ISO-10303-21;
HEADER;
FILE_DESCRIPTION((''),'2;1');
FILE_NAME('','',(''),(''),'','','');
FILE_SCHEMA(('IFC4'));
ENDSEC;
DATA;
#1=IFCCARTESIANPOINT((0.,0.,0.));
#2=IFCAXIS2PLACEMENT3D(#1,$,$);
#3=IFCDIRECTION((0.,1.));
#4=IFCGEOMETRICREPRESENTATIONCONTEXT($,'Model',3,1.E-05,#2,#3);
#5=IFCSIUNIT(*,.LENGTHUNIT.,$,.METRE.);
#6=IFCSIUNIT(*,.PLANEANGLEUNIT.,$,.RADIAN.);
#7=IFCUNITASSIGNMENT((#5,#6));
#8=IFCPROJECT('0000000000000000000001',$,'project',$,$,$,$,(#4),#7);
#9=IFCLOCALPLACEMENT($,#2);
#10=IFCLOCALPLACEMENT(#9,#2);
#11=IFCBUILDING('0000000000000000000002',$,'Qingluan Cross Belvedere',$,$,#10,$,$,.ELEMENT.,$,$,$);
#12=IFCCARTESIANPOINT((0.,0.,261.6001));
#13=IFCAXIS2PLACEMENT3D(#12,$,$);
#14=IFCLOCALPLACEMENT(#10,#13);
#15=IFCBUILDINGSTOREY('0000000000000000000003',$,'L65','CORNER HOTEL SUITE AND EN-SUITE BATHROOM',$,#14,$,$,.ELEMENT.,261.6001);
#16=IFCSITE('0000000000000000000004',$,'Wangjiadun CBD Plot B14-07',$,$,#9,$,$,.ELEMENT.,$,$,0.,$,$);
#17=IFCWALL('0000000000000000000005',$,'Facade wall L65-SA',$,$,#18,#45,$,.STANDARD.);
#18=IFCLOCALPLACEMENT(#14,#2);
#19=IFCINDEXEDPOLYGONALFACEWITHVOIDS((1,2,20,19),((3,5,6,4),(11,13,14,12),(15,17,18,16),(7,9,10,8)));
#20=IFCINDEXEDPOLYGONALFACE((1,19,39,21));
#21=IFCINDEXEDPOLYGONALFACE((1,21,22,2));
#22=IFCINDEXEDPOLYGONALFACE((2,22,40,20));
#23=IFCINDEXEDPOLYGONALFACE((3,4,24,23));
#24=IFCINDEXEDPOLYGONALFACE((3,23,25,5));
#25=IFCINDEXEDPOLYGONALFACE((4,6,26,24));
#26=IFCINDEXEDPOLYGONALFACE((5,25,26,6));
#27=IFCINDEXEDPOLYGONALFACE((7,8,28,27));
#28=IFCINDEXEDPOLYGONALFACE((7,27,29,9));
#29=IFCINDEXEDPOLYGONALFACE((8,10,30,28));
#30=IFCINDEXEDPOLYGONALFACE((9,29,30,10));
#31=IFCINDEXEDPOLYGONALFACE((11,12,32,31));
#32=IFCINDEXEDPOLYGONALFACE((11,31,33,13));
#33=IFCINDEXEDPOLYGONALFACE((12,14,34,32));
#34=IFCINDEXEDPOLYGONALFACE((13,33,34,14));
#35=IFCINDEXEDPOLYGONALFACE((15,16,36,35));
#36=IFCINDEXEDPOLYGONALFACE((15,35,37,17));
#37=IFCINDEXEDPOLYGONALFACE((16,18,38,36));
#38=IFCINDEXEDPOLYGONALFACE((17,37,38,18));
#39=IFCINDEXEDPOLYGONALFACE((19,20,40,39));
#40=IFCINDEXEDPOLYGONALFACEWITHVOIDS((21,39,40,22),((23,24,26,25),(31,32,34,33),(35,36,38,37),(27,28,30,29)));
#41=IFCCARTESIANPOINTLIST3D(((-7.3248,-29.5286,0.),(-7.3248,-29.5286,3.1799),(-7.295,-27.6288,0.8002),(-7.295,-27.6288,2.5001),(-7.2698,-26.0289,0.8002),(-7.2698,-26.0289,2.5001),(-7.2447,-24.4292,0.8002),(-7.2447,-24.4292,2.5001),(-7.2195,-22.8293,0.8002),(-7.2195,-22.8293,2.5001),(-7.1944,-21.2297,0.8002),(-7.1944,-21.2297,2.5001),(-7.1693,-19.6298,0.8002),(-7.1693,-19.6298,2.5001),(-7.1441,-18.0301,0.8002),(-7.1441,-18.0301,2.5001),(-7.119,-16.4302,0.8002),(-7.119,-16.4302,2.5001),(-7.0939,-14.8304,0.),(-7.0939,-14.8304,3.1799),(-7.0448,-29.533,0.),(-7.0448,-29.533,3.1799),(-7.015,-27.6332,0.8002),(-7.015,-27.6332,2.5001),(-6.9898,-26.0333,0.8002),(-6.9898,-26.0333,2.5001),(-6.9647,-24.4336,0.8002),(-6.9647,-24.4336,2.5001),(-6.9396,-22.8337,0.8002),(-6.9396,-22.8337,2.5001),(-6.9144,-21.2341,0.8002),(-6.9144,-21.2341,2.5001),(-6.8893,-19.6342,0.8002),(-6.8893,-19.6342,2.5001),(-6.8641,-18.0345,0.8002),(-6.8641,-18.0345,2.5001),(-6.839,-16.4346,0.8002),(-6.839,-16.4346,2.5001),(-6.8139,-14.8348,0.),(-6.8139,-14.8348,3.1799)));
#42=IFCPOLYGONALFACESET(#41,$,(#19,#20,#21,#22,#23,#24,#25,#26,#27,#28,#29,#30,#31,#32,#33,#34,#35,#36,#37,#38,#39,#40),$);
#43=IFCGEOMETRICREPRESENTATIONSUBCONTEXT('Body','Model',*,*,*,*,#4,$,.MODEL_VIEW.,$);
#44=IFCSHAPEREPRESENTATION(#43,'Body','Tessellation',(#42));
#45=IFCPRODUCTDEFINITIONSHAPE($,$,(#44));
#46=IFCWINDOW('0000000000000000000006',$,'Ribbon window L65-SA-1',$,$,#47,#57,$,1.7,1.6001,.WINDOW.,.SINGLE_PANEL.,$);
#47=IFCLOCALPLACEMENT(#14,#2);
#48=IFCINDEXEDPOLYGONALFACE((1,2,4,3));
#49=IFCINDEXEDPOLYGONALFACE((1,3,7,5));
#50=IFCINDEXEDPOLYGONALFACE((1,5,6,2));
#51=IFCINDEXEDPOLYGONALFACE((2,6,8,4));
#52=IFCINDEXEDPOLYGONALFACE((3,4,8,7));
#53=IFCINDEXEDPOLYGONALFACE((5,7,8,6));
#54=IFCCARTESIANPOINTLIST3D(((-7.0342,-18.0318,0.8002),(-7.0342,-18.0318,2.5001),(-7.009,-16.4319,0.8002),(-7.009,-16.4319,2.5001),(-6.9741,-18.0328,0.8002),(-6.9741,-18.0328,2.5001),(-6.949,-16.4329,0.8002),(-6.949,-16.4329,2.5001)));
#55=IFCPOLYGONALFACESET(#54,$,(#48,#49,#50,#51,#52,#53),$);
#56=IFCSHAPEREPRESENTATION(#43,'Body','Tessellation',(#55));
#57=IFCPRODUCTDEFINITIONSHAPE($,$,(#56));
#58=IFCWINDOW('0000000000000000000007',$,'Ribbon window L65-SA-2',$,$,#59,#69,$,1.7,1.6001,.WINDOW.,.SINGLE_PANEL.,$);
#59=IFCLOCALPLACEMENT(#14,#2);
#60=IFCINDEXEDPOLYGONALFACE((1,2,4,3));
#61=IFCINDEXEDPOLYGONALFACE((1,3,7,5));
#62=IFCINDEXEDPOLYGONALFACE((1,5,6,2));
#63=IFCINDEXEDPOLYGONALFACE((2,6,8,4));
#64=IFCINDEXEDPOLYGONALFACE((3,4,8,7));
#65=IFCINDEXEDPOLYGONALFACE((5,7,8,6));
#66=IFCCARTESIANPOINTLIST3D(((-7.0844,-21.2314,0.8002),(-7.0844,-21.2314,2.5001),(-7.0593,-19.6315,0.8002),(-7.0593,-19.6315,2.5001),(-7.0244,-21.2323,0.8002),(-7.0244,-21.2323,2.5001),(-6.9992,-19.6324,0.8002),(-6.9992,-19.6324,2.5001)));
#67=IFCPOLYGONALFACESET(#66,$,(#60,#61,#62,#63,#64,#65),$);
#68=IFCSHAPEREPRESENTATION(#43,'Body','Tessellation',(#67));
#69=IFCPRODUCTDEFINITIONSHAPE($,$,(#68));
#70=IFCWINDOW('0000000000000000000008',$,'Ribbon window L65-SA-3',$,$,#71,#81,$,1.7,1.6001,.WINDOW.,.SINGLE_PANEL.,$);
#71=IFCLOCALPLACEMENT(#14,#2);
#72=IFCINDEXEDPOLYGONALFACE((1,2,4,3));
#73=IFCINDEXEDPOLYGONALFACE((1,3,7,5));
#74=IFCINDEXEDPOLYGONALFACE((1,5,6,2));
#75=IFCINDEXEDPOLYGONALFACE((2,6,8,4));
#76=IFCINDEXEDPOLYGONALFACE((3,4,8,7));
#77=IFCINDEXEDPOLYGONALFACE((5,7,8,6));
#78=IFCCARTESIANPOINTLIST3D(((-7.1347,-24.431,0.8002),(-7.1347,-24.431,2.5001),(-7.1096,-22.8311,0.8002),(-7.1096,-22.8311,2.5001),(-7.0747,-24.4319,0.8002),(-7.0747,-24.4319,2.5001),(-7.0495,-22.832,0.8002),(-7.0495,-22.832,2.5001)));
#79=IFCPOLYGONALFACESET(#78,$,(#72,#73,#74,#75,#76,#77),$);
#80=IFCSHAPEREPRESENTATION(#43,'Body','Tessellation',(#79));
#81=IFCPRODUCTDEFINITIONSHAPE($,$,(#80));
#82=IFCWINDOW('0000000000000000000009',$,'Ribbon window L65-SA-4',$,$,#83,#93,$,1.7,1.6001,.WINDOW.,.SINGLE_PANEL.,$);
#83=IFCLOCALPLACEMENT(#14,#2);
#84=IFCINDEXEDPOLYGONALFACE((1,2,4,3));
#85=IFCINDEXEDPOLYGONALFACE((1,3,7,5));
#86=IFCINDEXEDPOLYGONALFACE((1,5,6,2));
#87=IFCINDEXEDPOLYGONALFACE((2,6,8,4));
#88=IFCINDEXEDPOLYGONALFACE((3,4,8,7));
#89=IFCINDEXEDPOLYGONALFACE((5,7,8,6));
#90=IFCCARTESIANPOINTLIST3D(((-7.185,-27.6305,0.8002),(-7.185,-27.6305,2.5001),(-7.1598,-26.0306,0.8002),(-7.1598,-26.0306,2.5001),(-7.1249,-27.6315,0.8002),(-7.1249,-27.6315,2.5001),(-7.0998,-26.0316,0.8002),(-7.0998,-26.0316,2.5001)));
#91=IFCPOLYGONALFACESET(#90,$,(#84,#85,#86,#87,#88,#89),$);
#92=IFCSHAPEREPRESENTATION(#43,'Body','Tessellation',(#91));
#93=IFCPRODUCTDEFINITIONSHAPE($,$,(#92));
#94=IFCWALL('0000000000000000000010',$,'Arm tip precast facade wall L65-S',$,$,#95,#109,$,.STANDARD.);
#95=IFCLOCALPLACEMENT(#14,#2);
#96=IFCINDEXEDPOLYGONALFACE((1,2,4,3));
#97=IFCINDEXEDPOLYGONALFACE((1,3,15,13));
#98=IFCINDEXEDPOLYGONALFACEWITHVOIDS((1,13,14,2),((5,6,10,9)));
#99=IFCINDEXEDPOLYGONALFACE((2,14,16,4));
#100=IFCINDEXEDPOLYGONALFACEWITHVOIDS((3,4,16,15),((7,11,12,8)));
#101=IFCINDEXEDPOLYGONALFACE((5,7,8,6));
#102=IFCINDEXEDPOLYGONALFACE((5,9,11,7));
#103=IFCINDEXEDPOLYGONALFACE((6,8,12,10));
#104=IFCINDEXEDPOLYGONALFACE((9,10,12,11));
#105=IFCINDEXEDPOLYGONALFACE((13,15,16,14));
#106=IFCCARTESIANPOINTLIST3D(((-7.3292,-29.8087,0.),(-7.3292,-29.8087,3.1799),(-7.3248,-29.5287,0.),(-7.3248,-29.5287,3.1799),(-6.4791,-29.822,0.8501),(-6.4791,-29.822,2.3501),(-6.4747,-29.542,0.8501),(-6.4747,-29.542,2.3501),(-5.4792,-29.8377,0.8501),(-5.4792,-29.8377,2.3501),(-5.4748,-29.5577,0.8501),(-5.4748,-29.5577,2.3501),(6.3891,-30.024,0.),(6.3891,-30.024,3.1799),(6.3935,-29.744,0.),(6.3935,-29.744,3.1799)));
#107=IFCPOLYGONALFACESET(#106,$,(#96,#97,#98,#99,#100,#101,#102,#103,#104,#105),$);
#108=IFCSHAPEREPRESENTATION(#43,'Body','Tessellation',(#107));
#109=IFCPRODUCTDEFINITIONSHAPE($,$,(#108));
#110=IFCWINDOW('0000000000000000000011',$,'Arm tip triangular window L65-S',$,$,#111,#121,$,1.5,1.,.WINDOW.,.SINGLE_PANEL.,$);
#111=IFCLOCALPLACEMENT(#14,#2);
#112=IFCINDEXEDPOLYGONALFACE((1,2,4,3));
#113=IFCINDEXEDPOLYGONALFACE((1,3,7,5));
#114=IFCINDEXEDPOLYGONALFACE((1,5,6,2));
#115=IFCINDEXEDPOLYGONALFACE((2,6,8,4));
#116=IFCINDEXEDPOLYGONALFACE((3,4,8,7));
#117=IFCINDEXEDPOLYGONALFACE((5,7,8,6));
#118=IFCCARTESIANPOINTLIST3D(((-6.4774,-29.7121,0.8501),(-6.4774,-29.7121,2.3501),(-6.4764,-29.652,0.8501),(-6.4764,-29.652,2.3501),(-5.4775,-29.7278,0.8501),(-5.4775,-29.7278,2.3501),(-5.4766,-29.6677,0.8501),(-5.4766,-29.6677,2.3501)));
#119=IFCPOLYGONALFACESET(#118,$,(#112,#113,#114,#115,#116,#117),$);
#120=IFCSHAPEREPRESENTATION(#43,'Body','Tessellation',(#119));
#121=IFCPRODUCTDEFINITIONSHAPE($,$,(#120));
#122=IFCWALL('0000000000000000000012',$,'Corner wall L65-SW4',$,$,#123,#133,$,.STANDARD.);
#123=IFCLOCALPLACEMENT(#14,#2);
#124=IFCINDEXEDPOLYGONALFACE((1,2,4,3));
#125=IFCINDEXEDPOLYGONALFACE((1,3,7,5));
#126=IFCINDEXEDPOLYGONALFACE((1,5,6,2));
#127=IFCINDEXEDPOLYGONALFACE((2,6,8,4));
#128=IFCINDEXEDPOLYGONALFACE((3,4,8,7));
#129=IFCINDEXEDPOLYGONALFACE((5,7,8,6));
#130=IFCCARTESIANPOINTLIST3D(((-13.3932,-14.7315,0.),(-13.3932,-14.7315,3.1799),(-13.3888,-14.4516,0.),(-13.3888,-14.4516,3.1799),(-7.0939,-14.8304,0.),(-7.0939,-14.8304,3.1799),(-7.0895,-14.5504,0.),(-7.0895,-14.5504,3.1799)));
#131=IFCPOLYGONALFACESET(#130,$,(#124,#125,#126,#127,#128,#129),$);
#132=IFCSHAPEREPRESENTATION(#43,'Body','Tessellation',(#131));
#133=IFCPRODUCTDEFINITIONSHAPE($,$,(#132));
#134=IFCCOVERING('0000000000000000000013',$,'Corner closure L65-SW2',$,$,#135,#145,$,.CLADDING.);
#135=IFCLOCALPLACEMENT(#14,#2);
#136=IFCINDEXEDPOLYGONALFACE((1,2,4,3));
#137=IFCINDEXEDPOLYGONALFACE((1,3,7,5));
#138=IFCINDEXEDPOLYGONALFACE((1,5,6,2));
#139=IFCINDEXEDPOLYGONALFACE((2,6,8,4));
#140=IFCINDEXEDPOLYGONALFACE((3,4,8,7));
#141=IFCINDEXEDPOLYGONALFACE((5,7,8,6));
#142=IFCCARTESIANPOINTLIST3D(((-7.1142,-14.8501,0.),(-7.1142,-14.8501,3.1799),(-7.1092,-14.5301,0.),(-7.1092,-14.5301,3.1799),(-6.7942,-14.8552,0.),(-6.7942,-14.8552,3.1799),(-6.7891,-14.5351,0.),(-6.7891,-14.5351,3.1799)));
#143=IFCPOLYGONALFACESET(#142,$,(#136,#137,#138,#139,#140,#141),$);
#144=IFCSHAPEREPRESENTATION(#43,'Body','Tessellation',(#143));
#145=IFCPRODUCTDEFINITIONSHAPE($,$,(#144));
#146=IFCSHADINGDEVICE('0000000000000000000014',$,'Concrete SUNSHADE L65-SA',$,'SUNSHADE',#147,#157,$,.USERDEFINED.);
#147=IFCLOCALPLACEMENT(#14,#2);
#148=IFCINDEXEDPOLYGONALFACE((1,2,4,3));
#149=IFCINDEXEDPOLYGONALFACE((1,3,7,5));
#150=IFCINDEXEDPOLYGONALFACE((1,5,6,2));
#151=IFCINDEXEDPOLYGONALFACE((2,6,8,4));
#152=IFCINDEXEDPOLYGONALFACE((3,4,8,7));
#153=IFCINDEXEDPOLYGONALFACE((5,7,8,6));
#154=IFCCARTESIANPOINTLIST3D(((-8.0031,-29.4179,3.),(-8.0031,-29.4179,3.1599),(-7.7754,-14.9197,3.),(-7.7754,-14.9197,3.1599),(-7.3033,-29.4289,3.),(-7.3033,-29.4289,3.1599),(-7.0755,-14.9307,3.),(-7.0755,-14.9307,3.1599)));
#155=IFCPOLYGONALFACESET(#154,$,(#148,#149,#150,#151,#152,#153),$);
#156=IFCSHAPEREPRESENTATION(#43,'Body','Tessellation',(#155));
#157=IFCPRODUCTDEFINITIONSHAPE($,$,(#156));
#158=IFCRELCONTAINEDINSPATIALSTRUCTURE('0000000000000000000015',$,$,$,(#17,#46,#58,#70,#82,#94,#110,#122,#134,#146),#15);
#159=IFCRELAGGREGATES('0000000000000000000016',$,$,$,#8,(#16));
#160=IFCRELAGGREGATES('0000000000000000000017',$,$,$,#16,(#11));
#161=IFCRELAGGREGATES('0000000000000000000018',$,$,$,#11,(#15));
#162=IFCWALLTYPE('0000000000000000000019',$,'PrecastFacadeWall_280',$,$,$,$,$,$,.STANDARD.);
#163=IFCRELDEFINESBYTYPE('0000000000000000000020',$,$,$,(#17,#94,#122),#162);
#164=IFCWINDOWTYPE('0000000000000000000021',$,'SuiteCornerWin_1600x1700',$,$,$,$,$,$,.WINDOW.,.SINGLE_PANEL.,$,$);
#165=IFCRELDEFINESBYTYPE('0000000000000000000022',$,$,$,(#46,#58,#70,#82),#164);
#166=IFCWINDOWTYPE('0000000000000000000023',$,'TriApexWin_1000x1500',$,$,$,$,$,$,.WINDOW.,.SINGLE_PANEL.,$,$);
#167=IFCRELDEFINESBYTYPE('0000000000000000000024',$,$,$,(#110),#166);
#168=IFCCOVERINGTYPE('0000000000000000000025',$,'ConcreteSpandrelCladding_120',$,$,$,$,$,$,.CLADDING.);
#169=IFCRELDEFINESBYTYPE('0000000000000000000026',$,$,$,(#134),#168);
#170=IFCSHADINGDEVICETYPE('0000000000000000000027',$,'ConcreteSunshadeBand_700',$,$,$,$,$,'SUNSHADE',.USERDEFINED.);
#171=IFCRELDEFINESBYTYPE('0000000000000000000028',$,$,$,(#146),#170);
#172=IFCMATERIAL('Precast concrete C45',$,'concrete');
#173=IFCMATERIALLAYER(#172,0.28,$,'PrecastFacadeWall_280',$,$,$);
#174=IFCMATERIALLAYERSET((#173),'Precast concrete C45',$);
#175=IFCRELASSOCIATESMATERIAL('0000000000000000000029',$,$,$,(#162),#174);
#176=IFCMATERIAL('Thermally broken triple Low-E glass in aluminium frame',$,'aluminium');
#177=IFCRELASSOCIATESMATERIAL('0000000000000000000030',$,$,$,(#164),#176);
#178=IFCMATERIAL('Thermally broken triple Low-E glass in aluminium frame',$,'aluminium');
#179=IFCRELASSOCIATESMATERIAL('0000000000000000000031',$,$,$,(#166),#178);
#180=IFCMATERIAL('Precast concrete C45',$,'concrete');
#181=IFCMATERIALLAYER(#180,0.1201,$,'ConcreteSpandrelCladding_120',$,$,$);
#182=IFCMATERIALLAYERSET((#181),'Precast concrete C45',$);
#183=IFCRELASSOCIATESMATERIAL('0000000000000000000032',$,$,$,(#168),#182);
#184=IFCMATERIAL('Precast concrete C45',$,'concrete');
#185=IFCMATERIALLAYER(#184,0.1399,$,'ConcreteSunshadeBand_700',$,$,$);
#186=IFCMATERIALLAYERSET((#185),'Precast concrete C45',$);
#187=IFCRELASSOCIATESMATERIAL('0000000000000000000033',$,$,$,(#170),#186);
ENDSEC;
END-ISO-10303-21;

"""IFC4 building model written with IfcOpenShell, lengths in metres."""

from ifc_helpers import new_model, si_unit, direction, frame, frame_2d, origin, origin_2d, place, context, subcontext, project, spatial, rectangle, extrude, material, layer, layer_set, type_object, element, fill, save


model = new_model("IFC4")

# Units and contexts
model_context = context("Model", 3, precision=1e-05, world=origin(), true_north=direction((0.0, 1.0)))
body_context = subcontext(model_context, "Body", "Model", "MODEL_VIEW")
ifc_project = project(units=[si_unit("LENGTHUNIT", "METRE"), si_unit("PLANEANGLEUNIT", "RADIAN")], contexts=[model_context])

# Site, building, storey
site_placement = place(None, origin())
site = spatial("IfcSite", under=ifc_project, at=site_placement, Name="Wangjiadun CBD Plot B14-07", CompositionType="ELEMENT", RefElevation=0.0)
building_placement = place(site_placement, origin())
building = spatial("IfcBuilding", under=site, at=building_placement, Name="Qingluan Cross Belvedere", CompositionType="ELEMENT")
storey_placement = place(building_placement, frame((0.0, 0.0, 261.6001)))
storey = spatial("IfcBuildingStorey", under=building, at=storey_placement, Name="L65", Description="CORNER HOTEL SUITE AND EN-SUITE BATHROOM", CompositionType="ELEMENT", Elevation=261.6001)

# Wall, openings, windows
ifc_material_1 = material(Name="Precast concrete C45", Category="concrete")
ifc_layer_1 = layer(ifc_material_1, 0.28, Name="PrecastFacadeWall_280")
ifc_layer_set_1 = layer_set([ifc_layer_1], Name="Precast concrete C45")
wall_type_1 = type_object("IfcWallType", Name="PrecastFacadeWall_280", PredefinedType="STANDARD", material=ifc_layer_set_1)
wall_1_placement = place(storey_placement, frame((-6.9539, -14.8325, 0.0), z_axis=(0.0, 0.0, 1.0), x_axis=(-0.015711, -0.999877, 0.0)))
wall_1 = element("IfcWall", 1, at=wall_1_placement, inside=storey, type_object=wall_type_1, Name="Facade wall L65-SA", PredefinedType="STANDARD", context=body_context, shape_type="SweptSolid", body=[
    extrude(rectangle(XDim=14.7, YDim=0.28, at=frame_2d((7.3501, 0.0))), origin(), (0.0, 0.0, 1.0), 3.1799),
])
opening_1_placement = place(wall_1_placement, frame((1.6001, 0.0, 0.8)))
opening_1 = element("IfcOpeningElement", 2, at=opening_1_placement, cuts=wall_1, PredefinedType="OPENING", context=body_context, shape_type="SweptSolid", body=[
    extrude(rectangle(XDim=1.6001, YDim=1.7, at=frame_2d((0.8, 0.8501))), frame((0.0, 0.1499, 0.0), z_axis=(0.0, -1.0, 0.0), x_axis=(1.0, 0.0, 0.0)), (0.0, 0.0, 1.0), 0.3),
])
opening_2_placement = place(wall_1_placement, frame((4.8, 0.0, 0.8)))
opening_2 = element("IfcOpeningElement", 3, at=opening_2_placement, cuts=wall_1, PredefinedType="OPENING", context=body_context, shape_type="SweptSolid", body=[
    extrude(rectangle(XDim=1.6001, YDim=1.7, at=frame_2d((0.8, 0.8501))), frame((0.0, 0.1499, 0.0), z_axis=(0.0, -1.0, 0.0), x_axis=(1.0, 0.0, 0.0)), (0.0, 0.0, 1.0), 0.3),
])
opening_3_placement = place(wall_1_placement, frame((8.0, 0.0, 0.8)))
opening_3 = element("IfcOpeningElement", 4, at=opening_3_placement, cuts=wall_1, PredefinedType="OPENING", context=body_context, shape_type="SweptSolid", body=[
    extrude(rectangle(XDim=1.6001, YDim=1.7, at=frame_2d((0.8, 0.8501))), frame((0.0, 0.1499, 0.0), z_axis=(0.0, -1.0, 0.0), x_axis=(1.0, 0.0, 0.0)), (0.0, 0.0, 1.0), 0.3),
])
opening_4_placement = place(wall_1_placement, frame((11.2, 0.0, 0.8)))
opening_4 = element("IfcOpeningElement", 5, at=opening_4_placement, cuts=wall_1, PredefinedType="OPENING", context=body_context, shape_type="SweptSolid", body=[
    extrude(rectangle(XDim=1.6001, YDim=1.7, at=frame_2d((0.8, 0.8501))), frame((0.0, 0.1499, 0.0), z_axis=(0.0, -1.0, 0.0), x_axis=(1.0, 0.0, 0.0)), (0.0, 0.0, 1.0), 0.3),
])
ifc_material_2 = material(Name="Thermally broken triple Low-E glass in aluminium frame", Category="aluminium")
window_type_1 = type_object("IfcWindowType", Name="SuiteCornerWin_1600x1700", PartitioningType="SINGLE_PANEL", PredefinedType="WINDOW", material=ifc_material_2)
window_1_placement = place(opening_1_placement, origin())
window_1 = element("IfcWindow", 6, at=window_1_placement, inside=storey, type_object=window_type_1, Name="Ribbon window L65-SA-1", OverallHeight=1.7, OverallWidth=1.6001, PartitioningType="SINGLE_PANEL", PredefinedType="WINDOW", context=body_context, shape_type="SweptSolid", body=[
    extrude(rectangle(XDim=1.6001, YDim=1.7, at=frame_2d((0.8, 0.8501))), frame((0.0, 0.03, 0.0), z_axis=(0.0, -1.0, 0.0), x_axis=(1.0, 0.0, 0.0)), (0.0, 0.0, 1.0), 0.0601),
])
fill(opening_1, window_1)
window_2_placement = place(opening_2_placement, origin())
window_2 = element("IfcWindow", 7, at=window_2_placement, inside=storey, type_object=window_type_1, Name="Ribbon window L65-SA-2", OverallHeight=1.7, OverallWidth=1.6001, PartitioningType="SINGLE_PANEL", PredefinedType="WINDOW", context=body_context, shape_type="SweptSolid", body=[
    extrude(rectangle(XDim=1.6001, YDim=1.7, at=frame_2d((0.8, 0.8501))), frame((0.0, 0.03, 0.0), z_axis=(0.0, -1.0, 0.0), x_axis=(1.0, 0.0, 0.0)), (0.0, 0.0, 1.0), 0.0601),
])
fill(opening_2, window_2)
window_3_placement = place(opening_3_placement, origin())
window_3 = element("IfcWindow", 8, at=window_3_placement, inside=storey, type_object=window_type_1, Name="Ribbon window L65-SA-3", OverallHeight=1.7, OverallWidth=1.6001, PartitioningType="SINGLE_PANEL", PredefinedType="WINDOW", context=body_context, shape_type="SweptSolid", body=[
    extrude(rectangle(XDim=1.6001, YDim=1.7, at=frame_2d((0.8, 0.8501))), frame((0.0, 0.03, 0.0), z_axis=(0.0, -1.0, 0.0), x_axis=(1.0, 0.0, 0.0)), (0.0, 0.0, 1.0), 0.0601),
])
fill(opening_3, window_3)
window_4_placement = place(opening_4_placement, origin())
window_4 = element("IfcWindow", 9, at=window_4_placement, inside=storey, type_object=window_type_1, Name="Ribbon window L65-SA-4", OverallHeight=1.7, OverallWidth=1.6001, PartitioningType="SINGLE_PANEL", PredefinedType="WINDOW", context=body_context, shape_type="SweptSolid", body=[
    extrude(rectangle(XDim=1.6001, YDim=1.7, at=frame_2d((0.8, 0.8501))), frame((0.0, 0.03, 0.0), z_axis=(0.0, -1.0, 0.0), x_axis=(1.0, 0.0, 0.0)), (0.0, 0.0, 1.0), 0.0601),
])
fill(opening_4, window_4)

# Wall, opening, window
wall_2_placement = place(storey_placement, frame((-7.3269, -29.6687, 0.0), z_axis=(0.0, 0.0, 1.0), x_axis=(0.999877, -0.015695, 0.0)))
wall_2 = element("IfcWall", 10, at=wall_2_placement, inside=storey, type_object=wall_type_1, Name="Arm tip precast facade wall L65-S", PredefinedType="STANDARD", context=body_context, shape_type="SweptSolid", body=[
    extrude(rectangle(XDim=13.72, YDim=0.28, at=frame_2d((6.8599, 0.0))), origin(), (0.0, 0.0, 1.0), 3.1799),
])
opening_5_placement = place(wall_2_placement, frame((0.8501, 0.0, 0.8501)))
opening_5 = element("IfcOpeningElement", 11, at=opening_5_placement, cuts=wall_2, PredefinedType="OPENING", context=body_context, shape_type="SweptSolid", body=[
    extrude(rectangle(XDim=1.0, YDim=1.5, at=frame_2d((0.5, 0.75))), frame((0.0, 0.1499, 0.0), z_axis=(0.0, -1.0, 0.0), x_axis=(1.0, 0.0, 0.0)), (0.0, 0.0, 1.0), 0.3),
])
ifc_material_3 = material(Name="Thermally broken triple Low-E glass in aluminium frame", Category="aluminium")
window_type_2 = type_object("IfcWindowType", Name="TriApexWin_1000x1500", PartitioningType="SINGLE_PANEL", PredefinedType="WINDOW", material=ifc_material_3)
window_5_placement = place(opening_5_placement, origin())
window_5 = element("IfcWindow", 12, at=window_5_placement, inside=storey, type_object=window_type_2, Name="Arm tip triangular window L65-S", OverallHeight=1.5, OverallWidth=1.0, PartitioningType="SINGLE_PANEL", PredefinedType="WINDOW", context=body_context, shape_type="SweptSolid", body=[
    extrude(rectangle(XDim=1.0, YDim=1.5, at=frame_2d((0.5, 0.75))), frame((0.0, 0.03, 0.0), z_axis=(0.0, -1.0, 0.0), x_axis=(1.0, 0.0, 0.0)), (0.0, 0.0, 1.0), 0.0601),
])
fill(opening_5, window_5)

# Wall
wall_3_placement = place(storey_placement, frame((-13.3909, -14.5916, 0.0), z_axis=(0.0, 0.0, 1.0), x_axis=(0.999877, -0.015695, 0.0)))
element("IfcWall", 13, at=wall_3_placement, inside=storey, type_object=wall_type_1, Name="Corner wall L65-SW4", PredefinedType="STANDARD", context=body_context, shape_type="SweptSolid", body=[
    extrude(rectangle(XDim=6.3, YDim=0.28, at=frame_2d((3.1499, 0.0))), origin(), (0.0, 0.0, 1.0), 3.1799),
])

# Covering
ifc_material_4 = material(Name="Precast concrete C45", Category="concrete")
ifc_layer_2 = layer(ifc_material_4, 0.1201, Name="ConcreteSpandrelCladding_120")
ifc_layer_set_2 = layer_set([ifc_layer_2], Name="Precast concrete C45")
covering_type = type_object("IfcCoveringType", Name="ConcreteSpandrelCladding_120", PredefinedType="CLADDING", material=ifc_layer_set_2)
covering_placement = place(storey_placement, frame((-6.9517, -14.6926, 0.0), z_axis=(0.0, 0.0, 1.0), x_axis=(0.999877, -0.015707, 0.0)))
element("IfcCovering", 14, at=covering_placement, inside=storey, type_object=covering_type, Name="Corner closure L65-SW2", PredefinedType="CLADDING", context=body_context, shape_type="SweptSolid", body=[
    extrude(rectangle(XDim=0.3201, YDim=0.3201, at=origin_2d()), origin(), (0.0, 0.0, 1.0), 3.1799),
])

# Shading device
ifc_material_5 = material(Name="Precast concrete C45", Category="concrete")
ifc_layer_3 = layer(ifc_material_5, 0.1399, Name="ConcreteSunshadeBand_700")
ifc_layer_set_3 = layer_set([ifc_layer_3], Name="Precast concrete C45")
shading_device_type = type_object("IfcShadingDeviceType", Name="ConcreteSunshadeBand_700", ElementType="SUNSHADE", PredefinedType="USERDEFINED", material=ifc_layer_set_3)
shading_device_placement = place(storey_placement, frame((-7.5393, -22.1743, 3.0), z_axis=(0.0, 0.0, 1.0), x_axis=(-0.015707, -0.999877, 0.0)))
element("IfcShadingDevice", 15, at=shading_device_placement, inside=storey, type_object=shading_device_type, Name="Concrete SUNSHADE L65-SA", ObjectType="SUNSHADE", PredefinedType="USERDEFINED", context=body_context, shape_type="SweptSolid", body=[
    extrude(rectangle(XDim=14.5, YDim=0.7, at=origin_2d()), origin(), (0.0, 0.0, 1.0), 0.1599),
])

save(model, "model.ifc")
